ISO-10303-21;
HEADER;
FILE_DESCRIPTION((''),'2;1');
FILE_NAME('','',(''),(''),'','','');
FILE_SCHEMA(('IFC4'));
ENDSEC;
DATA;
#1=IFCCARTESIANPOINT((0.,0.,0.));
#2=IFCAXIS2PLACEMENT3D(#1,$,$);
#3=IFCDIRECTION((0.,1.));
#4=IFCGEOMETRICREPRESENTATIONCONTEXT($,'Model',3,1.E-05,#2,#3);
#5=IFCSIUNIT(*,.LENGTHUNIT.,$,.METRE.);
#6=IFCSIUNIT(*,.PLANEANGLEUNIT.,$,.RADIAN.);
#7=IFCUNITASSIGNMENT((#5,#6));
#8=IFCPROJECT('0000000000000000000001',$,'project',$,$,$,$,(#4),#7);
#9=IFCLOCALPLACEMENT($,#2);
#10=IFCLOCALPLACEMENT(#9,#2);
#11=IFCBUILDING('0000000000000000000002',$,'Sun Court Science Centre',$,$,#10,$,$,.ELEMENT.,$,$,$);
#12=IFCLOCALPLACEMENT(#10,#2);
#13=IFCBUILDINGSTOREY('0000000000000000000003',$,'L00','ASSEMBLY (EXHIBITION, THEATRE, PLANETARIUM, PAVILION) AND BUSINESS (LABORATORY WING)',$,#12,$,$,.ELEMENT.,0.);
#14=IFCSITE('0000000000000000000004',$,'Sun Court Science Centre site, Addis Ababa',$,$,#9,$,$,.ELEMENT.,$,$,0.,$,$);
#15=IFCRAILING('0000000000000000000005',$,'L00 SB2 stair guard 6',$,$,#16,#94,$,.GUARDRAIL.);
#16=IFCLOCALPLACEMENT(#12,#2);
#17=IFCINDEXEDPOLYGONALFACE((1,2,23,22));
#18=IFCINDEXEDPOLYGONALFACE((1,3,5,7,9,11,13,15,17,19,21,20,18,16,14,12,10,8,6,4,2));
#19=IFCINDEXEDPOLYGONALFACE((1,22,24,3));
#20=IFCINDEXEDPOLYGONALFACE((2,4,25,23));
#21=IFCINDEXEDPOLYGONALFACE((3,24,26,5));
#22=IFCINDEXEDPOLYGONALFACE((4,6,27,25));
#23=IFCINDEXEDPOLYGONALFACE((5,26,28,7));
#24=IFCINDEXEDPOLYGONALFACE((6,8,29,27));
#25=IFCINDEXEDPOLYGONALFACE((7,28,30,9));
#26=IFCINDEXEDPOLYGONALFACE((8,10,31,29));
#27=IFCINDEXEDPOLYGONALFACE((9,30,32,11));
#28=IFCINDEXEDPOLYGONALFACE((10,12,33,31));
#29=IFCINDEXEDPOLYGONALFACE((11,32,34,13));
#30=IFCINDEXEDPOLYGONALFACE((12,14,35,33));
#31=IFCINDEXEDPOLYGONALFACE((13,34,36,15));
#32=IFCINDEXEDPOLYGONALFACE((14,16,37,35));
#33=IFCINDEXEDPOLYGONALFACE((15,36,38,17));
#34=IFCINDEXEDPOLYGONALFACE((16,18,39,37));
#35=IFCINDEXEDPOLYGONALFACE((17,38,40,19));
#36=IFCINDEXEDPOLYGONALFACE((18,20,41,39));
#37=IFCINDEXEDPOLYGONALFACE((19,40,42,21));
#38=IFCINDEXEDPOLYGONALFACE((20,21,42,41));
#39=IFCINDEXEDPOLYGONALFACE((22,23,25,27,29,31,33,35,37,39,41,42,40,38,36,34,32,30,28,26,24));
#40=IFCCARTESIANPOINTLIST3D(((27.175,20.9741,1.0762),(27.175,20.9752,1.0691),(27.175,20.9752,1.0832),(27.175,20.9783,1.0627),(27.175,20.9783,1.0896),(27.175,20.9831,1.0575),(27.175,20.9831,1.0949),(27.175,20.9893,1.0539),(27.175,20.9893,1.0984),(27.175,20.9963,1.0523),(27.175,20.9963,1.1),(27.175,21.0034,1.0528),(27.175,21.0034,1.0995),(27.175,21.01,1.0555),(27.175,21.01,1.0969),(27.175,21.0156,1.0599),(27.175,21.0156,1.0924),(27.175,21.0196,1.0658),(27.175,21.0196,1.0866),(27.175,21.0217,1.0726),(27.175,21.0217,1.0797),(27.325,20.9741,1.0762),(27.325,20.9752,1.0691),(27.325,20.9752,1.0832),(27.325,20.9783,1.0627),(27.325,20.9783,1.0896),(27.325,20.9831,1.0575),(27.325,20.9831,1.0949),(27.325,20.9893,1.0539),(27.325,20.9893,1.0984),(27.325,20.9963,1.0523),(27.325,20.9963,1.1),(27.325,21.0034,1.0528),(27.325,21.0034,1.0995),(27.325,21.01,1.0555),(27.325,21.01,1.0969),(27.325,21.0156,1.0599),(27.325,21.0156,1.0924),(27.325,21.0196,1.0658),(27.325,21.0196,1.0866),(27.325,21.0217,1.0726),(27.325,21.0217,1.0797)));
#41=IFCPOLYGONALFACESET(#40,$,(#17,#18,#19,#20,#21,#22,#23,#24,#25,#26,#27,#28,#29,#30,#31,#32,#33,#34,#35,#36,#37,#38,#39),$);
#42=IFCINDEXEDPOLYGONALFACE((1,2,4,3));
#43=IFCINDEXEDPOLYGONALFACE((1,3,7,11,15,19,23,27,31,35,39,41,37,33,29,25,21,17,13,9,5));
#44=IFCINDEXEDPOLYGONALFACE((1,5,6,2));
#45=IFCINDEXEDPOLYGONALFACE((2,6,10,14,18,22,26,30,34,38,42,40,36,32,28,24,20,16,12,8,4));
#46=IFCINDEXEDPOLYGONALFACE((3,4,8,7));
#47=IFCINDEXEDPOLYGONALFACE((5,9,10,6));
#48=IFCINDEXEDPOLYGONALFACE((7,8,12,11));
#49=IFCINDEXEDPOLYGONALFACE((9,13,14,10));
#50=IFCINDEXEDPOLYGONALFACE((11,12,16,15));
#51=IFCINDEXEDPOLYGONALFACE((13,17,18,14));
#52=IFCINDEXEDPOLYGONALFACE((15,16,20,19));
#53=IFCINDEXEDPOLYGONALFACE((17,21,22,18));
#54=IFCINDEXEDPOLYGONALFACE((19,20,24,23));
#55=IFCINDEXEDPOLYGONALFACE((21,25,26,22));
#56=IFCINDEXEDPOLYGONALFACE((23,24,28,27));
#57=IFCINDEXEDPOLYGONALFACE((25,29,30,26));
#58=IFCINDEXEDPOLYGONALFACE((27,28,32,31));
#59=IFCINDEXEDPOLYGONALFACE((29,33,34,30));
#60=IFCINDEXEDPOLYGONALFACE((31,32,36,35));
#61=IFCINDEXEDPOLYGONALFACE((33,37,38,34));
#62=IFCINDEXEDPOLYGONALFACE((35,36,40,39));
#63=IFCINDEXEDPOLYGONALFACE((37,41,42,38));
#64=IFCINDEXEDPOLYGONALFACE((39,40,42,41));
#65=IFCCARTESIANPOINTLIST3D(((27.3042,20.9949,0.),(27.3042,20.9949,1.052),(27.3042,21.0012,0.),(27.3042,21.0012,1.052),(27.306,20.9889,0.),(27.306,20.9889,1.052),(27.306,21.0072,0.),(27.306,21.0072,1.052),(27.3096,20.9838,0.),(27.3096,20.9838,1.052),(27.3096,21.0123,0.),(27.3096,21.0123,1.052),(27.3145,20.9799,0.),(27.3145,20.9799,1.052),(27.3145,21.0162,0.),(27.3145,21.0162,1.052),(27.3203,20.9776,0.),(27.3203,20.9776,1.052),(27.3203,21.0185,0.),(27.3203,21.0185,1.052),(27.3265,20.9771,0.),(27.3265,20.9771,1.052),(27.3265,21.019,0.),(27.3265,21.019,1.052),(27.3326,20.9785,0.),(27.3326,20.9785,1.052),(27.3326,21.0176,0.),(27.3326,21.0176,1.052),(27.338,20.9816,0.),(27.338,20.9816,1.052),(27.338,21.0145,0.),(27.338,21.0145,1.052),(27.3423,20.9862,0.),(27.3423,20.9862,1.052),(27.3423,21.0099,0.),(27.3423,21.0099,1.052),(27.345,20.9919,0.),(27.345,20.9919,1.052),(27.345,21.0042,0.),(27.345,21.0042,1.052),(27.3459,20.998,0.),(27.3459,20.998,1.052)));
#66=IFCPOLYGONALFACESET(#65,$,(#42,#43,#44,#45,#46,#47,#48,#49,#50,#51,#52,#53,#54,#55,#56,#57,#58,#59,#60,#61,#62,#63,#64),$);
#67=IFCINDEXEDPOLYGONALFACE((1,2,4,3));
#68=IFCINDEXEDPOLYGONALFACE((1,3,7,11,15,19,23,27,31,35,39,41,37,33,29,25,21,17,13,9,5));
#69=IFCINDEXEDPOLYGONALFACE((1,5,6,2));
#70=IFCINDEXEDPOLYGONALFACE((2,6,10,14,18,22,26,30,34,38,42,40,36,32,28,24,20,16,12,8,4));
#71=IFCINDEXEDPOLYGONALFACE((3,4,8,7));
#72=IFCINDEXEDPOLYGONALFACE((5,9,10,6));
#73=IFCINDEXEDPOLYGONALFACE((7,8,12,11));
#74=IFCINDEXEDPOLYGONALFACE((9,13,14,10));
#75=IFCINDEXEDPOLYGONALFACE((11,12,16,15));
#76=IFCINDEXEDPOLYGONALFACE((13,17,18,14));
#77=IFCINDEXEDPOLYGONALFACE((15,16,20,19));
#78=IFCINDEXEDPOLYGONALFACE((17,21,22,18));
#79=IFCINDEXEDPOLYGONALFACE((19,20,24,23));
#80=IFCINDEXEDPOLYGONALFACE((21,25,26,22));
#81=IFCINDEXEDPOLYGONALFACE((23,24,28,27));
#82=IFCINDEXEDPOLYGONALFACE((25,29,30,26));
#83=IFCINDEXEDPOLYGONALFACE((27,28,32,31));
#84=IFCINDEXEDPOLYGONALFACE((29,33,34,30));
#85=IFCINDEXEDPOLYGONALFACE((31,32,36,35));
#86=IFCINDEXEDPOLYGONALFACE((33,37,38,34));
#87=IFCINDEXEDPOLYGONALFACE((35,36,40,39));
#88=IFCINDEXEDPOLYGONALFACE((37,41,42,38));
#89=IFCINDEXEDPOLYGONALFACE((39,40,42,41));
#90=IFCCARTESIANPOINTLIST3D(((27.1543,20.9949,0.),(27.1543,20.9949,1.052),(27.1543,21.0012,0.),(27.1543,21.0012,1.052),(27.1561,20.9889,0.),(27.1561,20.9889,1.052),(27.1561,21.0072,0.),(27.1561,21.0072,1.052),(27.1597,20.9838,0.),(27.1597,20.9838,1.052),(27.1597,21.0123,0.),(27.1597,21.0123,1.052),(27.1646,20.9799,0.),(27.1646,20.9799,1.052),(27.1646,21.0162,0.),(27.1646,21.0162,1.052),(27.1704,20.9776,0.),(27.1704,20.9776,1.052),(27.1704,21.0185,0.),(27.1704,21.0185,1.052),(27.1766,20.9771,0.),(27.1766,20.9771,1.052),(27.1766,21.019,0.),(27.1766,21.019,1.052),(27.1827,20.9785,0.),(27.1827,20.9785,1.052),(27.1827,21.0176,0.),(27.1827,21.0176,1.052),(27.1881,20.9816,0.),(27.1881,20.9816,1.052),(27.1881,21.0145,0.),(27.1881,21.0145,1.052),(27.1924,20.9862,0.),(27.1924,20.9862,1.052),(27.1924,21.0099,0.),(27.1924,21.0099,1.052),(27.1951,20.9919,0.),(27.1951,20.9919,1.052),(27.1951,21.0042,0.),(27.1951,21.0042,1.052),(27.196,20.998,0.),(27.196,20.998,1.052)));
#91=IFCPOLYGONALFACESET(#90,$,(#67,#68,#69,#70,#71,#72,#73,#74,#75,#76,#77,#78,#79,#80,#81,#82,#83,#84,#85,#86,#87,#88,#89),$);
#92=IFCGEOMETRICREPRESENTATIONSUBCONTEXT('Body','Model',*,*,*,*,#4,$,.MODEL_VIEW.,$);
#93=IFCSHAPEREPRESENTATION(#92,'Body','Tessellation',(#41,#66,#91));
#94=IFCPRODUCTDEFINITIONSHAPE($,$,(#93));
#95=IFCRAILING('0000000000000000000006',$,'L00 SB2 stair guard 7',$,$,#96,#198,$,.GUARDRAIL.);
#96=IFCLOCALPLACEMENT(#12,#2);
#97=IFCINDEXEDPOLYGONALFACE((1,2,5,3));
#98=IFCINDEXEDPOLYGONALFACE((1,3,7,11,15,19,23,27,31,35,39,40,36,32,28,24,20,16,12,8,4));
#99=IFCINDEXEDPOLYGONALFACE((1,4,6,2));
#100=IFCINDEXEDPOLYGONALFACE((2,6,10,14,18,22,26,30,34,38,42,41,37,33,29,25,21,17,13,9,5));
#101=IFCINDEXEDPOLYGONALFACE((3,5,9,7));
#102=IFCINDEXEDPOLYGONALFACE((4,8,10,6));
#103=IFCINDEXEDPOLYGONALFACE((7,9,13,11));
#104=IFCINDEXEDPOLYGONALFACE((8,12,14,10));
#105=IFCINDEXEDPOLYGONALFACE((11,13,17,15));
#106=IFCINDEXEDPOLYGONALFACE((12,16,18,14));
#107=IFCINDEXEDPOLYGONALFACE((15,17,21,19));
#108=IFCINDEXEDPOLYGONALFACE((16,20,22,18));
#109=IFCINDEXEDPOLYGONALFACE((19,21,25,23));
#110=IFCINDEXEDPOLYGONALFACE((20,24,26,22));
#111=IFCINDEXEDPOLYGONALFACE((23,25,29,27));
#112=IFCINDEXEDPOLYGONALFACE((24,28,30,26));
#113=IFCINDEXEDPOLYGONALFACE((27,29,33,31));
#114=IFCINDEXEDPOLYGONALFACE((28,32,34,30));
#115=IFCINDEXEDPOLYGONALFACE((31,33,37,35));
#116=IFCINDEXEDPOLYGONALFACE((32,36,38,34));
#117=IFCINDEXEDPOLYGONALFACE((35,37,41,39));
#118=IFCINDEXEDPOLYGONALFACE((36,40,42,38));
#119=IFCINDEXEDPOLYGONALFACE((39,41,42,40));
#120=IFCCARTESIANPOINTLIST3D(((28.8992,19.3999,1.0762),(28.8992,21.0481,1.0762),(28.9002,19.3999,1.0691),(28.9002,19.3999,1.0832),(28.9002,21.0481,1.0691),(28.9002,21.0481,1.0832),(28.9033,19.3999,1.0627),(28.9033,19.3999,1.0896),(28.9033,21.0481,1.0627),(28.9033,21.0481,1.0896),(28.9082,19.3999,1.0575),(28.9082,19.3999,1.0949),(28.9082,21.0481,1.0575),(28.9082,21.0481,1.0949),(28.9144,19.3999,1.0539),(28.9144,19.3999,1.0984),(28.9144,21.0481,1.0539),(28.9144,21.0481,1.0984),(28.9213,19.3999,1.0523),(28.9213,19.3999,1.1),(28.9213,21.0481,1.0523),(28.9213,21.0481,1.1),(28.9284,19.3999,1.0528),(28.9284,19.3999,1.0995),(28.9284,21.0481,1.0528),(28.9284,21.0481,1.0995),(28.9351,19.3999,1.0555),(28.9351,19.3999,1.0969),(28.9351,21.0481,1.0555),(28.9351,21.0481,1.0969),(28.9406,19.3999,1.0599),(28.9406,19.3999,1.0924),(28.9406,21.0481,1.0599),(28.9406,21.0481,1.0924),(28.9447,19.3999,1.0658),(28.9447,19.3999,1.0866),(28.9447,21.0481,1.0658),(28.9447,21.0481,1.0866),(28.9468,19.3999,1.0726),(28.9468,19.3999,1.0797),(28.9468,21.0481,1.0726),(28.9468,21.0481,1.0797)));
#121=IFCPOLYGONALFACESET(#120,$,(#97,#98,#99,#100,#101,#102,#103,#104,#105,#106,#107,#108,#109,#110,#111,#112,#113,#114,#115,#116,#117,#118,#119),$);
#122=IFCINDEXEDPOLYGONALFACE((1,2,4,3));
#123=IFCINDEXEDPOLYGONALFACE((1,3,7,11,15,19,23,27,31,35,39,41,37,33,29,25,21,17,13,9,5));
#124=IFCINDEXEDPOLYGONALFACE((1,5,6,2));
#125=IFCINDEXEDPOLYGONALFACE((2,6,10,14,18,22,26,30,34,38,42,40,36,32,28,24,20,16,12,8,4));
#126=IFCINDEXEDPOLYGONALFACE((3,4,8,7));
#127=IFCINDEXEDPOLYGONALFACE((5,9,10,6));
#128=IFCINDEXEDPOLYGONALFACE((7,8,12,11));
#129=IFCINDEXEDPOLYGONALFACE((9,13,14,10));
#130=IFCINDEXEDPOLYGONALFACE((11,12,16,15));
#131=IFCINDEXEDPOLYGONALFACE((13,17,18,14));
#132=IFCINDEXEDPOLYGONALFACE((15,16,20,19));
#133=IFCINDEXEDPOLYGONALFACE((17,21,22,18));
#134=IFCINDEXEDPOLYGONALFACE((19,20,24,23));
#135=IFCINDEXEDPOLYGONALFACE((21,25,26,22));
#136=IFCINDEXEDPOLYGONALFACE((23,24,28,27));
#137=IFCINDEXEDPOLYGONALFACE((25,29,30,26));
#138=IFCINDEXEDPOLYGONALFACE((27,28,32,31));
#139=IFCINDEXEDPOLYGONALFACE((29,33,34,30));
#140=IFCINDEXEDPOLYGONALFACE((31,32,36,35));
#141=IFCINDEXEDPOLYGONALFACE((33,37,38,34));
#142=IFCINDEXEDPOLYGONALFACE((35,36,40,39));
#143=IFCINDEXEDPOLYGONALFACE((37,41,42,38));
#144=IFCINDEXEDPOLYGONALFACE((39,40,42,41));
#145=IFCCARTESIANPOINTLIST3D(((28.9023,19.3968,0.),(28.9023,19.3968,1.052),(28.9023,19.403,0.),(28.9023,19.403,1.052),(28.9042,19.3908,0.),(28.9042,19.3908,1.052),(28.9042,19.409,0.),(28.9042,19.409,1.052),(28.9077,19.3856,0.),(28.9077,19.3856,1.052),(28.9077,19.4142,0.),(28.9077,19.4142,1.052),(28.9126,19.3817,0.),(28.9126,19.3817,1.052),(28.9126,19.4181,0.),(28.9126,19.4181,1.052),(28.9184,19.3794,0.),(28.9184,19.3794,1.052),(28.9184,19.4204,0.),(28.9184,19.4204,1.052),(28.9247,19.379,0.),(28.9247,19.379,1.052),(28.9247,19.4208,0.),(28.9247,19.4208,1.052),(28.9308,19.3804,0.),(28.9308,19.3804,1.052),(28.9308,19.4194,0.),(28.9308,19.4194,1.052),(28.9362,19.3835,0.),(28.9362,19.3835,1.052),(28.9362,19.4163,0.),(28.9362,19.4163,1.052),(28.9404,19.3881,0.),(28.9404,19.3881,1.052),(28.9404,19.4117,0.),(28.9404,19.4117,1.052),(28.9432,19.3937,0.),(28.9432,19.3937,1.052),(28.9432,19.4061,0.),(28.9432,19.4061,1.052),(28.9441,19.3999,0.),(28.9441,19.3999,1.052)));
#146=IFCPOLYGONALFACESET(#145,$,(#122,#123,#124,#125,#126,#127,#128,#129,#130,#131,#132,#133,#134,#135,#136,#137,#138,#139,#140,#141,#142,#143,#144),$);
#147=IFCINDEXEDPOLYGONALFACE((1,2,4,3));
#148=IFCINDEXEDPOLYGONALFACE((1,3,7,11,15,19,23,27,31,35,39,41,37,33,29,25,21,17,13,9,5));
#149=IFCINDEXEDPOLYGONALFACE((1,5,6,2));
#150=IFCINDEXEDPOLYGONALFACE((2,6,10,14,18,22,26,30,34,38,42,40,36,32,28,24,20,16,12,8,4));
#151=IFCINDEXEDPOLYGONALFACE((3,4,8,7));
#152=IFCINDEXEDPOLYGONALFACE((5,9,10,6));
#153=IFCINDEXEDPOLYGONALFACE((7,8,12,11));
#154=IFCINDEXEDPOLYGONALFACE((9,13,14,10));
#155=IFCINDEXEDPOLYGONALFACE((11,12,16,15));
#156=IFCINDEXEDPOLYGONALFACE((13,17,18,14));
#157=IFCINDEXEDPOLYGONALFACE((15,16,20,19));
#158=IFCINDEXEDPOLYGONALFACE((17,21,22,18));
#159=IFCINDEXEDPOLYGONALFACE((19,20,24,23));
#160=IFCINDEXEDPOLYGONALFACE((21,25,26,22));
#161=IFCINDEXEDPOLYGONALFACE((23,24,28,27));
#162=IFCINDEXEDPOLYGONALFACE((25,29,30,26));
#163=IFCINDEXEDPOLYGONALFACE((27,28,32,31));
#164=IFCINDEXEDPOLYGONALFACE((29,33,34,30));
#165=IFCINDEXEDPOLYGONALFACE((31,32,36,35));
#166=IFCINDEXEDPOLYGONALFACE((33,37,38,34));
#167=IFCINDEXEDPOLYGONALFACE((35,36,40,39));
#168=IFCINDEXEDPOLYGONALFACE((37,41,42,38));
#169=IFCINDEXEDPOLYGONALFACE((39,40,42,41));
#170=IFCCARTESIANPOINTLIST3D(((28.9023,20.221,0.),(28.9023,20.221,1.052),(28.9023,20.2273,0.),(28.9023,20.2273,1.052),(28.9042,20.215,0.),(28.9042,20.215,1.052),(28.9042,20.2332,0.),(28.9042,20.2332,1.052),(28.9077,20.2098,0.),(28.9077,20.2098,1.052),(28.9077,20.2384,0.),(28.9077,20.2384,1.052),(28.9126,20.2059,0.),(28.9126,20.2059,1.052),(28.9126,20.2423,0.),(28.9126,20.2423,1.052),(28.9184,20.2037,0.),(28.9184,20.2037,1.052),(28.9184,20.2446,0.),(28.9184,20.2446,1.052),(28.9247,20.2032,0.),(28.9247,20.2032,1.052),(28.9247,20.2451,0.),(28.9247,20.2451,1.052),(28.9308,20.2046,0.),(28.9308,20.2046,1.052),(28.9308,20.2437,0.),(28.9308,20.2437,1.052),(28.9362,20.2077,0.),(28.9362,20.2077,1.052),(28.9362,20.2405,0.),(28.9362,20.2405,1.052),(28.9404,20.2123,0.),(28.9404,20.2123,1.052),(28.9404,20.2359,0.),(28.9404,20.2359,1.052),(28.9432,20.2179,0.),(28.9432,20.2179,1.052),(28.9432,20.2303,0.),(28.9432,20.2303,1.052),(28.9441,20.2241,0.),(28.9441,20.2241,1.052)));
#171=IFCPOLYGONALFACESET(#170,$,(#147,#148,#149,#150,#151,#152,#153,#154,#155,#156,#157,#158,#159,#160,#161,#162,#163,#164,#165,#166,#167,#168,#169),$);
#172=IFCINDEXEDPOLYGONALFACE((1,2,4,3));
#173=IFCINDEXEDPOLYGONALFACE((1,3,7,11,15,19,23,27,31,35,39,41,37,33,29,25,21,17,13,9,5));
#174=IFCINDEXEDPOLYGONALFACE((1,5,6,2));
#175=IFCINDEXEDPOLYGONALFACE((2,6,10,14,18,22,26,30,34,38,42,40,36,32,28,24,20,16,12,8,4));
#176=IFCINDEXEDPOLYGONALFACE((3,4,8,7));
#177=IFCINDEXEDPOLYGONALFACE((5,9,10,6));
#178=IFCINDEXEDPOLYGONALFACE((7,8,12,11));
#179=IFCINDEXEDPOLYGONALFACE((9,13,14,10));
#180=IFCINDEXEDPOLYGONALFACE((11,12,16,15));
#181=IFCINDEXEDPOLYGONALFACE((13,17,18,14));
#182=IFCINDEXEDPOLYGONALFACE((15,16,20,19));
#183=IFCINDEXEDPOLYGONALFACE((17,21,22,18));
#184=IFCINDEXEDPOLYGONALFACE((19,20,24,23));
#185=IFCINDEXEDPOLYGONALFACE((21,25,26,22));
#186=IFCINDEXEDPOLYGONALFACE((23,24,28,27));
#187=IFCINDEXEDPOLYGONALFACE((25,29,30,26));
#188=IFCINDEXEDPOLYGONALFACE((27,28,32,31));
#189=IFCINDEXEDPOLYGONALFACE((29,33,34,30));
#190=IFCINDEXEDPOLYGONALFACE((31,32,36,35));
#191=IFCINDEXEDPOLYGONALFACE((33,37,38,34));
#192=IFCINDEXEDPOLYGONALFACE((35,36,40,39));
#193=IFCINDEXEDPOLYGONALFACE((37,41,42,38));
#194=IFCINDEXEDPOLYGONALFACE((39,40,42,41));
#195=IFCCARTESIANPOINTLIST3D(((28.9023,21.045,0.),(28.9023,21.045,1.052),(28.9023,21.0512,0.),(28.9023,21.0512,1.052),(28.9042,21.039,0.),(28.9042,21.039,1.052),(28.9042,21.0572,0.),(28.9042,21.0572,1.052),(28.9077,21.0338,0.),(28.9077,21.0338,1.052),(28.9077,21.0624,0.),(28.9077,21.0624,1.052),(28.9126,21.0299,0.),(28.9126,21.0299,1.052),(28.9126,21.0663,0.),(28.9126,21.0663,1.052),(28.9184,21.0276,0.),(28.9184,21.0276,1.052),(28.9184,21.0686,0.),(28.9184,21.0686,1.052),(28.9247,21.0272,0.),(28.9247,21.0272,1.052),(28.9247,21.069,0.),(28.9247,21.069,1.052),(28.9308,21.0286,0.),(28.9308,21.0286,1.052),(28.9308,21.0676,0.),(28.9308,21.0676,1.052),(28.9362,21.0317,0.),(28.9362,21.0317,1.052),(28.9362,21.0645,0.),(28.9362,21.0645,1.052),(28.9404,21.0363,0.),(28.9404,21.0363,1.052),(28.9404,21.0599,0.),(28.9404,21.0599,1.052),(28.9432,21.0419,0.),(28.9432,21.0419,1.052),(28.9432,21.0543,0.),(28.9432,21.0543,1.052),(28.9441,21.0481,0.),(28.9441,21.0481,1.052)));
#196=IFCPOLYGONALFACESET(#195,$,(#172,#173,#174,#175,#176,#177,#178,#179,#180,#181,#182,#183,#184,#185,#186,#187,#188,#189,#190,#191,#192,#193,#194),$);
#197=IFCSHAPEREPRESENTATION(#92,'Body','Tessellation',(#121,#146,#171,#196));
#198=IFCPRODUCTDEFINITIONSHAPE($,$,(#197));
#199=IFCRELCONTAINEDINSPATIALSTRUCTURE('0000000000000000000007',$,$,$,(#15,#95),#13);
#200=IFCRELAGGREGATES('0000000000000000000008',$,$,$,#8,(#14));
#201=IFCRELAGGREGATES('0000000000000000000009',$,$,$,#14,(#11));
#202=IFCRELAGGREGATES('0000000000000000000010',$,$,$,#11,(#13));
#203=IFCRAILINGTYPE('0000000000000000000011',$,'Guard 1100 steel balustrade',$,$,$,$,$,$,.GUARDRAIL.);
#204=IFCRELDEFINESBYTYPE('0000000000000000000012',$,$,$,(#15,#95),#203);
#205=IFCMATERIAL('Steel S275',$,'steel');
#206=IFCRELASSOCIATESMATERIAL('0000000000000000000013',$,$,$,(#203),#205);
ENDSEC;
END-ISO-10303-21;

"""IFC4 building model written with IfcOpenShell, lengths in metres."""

from ifc_helpers import new_model, si_unit, direction, frame, origin, origin_2d, place, context, subcontext, project, spatial, circle, extrude, material, type_object, element, save


model = new_model("IFC4")

# Units and contexts
model_context = context("Model", 3, precision=1e-05, world=origin(), true_north=direction((0.0, 1.0)))
body_context = subcontext(model_context, "Body", "Model", "MODEL_VIEW")
ifc_project = project(units=[si_unit("LENGTHUNIT", "METRE"), si_unit("PLANEANGLEUNIT", "RADIAN")], contexts=[model_context])

# Site, building, storey
site_placement = place(None, origin())
site = spatial("IfcSite", under=ifc_project, at=site_placement, Name="Sun Court Science Centre site, Addis Ababa", CompositionType="ELEMENT", RefElevation=0.0)
building_placement = place(site_placement, origin())
building = spatial("IfcBuilding", under=site, at=building_placement, Name="Sun Court Science Centre", CompositionType="ELEMENT")
storey_placement = place(building_placement, origin())
storey = spatial("IfcBuildingStorey", under=building, at=storey_placement, Name="L00", Description="ASSEMBLY (EXHIBITION, THEATRE, PLANETARIUM, PAVILION) AND BUSINESS (LABORATORY WING)", CompositionType="ELEMENT", Elevation=0.0)

# Railings
ifc_material_1 = material(Name="Steel S275", Category="steel")
railing_type_1 = type_object("IfcRailingType", Name="Guard 1100 steel balustrade", PredefinedType="GUARDRAIL", material=ifc_material_1)
railing_1_placement = place(storey_placement, frame((27.325, 20.998, 0.0)))
element("IfcRailing", 1, at=railing_1_placement, inside=storey, type_object=railing_type_1, Name="L00 SB2 stair guard 6", PredefinedType="GUARDRAIL", context=body_context, shape_type="SweptSolid", body=[
    extrude(circle(Radius=0.0239, at=origin_2d()), frame((0.0, 0.0, 1.0762), z_axis=(-1.0, 0.0, 0.0), x_axis=(0.0, -1.0, 0.0)), (0.0, 0.0, 1.0), 0.1499),
    extrude(circle(Radius=0.021, at=origin_2d()), origin(), (0.0, 0.0, 1.0), 1.052),
    extrude(circle(Radius=0.021, at=origin_2d()), frame((-0.1499, 0.0, 0.0)), (0.0, 0.0, 1.0), 1.052),
])
for number, where, name in (
    (2, (28.9231, 19.3999, 0.0), "L00 SB2 stair guard 7"),
):
    element("IfcRailing", number, at=place(storey_placement, frame(where)), inside=storey, type_object=railing_type_1, Name=name, PredefinedType="GUARDRAIL", context=body_context, shape_type="SweptSolid", body=[
        extrude(circle(Radius=0.0239, at=origin_2d()), frame((0.0, 0.0, 1.0762), z_axis=(0.0, 1.0, 0.0), x_axis=(-1.0, 0.0, 0.0)), (0.0, 0.0, 1.0), 1.6482),
        extrude(circle(Radius=0.021, at=origin_2d()), origin(), (0.0, 0.0, 1.0), 1.052),
        extrude(circle(Radius=0.021, at=origin_2d()), frame((0.0, 0.8242, 0.0)), (0.0, 0.0, 1.0), 1.052),
        extrude(circle(Radius=0.021, at=origin_2d()), frame((0.0, 1.6482, 0.0)), (0.0, 0.0, 1.0), 1.052),
    ])

save(model, "model.ifc")
